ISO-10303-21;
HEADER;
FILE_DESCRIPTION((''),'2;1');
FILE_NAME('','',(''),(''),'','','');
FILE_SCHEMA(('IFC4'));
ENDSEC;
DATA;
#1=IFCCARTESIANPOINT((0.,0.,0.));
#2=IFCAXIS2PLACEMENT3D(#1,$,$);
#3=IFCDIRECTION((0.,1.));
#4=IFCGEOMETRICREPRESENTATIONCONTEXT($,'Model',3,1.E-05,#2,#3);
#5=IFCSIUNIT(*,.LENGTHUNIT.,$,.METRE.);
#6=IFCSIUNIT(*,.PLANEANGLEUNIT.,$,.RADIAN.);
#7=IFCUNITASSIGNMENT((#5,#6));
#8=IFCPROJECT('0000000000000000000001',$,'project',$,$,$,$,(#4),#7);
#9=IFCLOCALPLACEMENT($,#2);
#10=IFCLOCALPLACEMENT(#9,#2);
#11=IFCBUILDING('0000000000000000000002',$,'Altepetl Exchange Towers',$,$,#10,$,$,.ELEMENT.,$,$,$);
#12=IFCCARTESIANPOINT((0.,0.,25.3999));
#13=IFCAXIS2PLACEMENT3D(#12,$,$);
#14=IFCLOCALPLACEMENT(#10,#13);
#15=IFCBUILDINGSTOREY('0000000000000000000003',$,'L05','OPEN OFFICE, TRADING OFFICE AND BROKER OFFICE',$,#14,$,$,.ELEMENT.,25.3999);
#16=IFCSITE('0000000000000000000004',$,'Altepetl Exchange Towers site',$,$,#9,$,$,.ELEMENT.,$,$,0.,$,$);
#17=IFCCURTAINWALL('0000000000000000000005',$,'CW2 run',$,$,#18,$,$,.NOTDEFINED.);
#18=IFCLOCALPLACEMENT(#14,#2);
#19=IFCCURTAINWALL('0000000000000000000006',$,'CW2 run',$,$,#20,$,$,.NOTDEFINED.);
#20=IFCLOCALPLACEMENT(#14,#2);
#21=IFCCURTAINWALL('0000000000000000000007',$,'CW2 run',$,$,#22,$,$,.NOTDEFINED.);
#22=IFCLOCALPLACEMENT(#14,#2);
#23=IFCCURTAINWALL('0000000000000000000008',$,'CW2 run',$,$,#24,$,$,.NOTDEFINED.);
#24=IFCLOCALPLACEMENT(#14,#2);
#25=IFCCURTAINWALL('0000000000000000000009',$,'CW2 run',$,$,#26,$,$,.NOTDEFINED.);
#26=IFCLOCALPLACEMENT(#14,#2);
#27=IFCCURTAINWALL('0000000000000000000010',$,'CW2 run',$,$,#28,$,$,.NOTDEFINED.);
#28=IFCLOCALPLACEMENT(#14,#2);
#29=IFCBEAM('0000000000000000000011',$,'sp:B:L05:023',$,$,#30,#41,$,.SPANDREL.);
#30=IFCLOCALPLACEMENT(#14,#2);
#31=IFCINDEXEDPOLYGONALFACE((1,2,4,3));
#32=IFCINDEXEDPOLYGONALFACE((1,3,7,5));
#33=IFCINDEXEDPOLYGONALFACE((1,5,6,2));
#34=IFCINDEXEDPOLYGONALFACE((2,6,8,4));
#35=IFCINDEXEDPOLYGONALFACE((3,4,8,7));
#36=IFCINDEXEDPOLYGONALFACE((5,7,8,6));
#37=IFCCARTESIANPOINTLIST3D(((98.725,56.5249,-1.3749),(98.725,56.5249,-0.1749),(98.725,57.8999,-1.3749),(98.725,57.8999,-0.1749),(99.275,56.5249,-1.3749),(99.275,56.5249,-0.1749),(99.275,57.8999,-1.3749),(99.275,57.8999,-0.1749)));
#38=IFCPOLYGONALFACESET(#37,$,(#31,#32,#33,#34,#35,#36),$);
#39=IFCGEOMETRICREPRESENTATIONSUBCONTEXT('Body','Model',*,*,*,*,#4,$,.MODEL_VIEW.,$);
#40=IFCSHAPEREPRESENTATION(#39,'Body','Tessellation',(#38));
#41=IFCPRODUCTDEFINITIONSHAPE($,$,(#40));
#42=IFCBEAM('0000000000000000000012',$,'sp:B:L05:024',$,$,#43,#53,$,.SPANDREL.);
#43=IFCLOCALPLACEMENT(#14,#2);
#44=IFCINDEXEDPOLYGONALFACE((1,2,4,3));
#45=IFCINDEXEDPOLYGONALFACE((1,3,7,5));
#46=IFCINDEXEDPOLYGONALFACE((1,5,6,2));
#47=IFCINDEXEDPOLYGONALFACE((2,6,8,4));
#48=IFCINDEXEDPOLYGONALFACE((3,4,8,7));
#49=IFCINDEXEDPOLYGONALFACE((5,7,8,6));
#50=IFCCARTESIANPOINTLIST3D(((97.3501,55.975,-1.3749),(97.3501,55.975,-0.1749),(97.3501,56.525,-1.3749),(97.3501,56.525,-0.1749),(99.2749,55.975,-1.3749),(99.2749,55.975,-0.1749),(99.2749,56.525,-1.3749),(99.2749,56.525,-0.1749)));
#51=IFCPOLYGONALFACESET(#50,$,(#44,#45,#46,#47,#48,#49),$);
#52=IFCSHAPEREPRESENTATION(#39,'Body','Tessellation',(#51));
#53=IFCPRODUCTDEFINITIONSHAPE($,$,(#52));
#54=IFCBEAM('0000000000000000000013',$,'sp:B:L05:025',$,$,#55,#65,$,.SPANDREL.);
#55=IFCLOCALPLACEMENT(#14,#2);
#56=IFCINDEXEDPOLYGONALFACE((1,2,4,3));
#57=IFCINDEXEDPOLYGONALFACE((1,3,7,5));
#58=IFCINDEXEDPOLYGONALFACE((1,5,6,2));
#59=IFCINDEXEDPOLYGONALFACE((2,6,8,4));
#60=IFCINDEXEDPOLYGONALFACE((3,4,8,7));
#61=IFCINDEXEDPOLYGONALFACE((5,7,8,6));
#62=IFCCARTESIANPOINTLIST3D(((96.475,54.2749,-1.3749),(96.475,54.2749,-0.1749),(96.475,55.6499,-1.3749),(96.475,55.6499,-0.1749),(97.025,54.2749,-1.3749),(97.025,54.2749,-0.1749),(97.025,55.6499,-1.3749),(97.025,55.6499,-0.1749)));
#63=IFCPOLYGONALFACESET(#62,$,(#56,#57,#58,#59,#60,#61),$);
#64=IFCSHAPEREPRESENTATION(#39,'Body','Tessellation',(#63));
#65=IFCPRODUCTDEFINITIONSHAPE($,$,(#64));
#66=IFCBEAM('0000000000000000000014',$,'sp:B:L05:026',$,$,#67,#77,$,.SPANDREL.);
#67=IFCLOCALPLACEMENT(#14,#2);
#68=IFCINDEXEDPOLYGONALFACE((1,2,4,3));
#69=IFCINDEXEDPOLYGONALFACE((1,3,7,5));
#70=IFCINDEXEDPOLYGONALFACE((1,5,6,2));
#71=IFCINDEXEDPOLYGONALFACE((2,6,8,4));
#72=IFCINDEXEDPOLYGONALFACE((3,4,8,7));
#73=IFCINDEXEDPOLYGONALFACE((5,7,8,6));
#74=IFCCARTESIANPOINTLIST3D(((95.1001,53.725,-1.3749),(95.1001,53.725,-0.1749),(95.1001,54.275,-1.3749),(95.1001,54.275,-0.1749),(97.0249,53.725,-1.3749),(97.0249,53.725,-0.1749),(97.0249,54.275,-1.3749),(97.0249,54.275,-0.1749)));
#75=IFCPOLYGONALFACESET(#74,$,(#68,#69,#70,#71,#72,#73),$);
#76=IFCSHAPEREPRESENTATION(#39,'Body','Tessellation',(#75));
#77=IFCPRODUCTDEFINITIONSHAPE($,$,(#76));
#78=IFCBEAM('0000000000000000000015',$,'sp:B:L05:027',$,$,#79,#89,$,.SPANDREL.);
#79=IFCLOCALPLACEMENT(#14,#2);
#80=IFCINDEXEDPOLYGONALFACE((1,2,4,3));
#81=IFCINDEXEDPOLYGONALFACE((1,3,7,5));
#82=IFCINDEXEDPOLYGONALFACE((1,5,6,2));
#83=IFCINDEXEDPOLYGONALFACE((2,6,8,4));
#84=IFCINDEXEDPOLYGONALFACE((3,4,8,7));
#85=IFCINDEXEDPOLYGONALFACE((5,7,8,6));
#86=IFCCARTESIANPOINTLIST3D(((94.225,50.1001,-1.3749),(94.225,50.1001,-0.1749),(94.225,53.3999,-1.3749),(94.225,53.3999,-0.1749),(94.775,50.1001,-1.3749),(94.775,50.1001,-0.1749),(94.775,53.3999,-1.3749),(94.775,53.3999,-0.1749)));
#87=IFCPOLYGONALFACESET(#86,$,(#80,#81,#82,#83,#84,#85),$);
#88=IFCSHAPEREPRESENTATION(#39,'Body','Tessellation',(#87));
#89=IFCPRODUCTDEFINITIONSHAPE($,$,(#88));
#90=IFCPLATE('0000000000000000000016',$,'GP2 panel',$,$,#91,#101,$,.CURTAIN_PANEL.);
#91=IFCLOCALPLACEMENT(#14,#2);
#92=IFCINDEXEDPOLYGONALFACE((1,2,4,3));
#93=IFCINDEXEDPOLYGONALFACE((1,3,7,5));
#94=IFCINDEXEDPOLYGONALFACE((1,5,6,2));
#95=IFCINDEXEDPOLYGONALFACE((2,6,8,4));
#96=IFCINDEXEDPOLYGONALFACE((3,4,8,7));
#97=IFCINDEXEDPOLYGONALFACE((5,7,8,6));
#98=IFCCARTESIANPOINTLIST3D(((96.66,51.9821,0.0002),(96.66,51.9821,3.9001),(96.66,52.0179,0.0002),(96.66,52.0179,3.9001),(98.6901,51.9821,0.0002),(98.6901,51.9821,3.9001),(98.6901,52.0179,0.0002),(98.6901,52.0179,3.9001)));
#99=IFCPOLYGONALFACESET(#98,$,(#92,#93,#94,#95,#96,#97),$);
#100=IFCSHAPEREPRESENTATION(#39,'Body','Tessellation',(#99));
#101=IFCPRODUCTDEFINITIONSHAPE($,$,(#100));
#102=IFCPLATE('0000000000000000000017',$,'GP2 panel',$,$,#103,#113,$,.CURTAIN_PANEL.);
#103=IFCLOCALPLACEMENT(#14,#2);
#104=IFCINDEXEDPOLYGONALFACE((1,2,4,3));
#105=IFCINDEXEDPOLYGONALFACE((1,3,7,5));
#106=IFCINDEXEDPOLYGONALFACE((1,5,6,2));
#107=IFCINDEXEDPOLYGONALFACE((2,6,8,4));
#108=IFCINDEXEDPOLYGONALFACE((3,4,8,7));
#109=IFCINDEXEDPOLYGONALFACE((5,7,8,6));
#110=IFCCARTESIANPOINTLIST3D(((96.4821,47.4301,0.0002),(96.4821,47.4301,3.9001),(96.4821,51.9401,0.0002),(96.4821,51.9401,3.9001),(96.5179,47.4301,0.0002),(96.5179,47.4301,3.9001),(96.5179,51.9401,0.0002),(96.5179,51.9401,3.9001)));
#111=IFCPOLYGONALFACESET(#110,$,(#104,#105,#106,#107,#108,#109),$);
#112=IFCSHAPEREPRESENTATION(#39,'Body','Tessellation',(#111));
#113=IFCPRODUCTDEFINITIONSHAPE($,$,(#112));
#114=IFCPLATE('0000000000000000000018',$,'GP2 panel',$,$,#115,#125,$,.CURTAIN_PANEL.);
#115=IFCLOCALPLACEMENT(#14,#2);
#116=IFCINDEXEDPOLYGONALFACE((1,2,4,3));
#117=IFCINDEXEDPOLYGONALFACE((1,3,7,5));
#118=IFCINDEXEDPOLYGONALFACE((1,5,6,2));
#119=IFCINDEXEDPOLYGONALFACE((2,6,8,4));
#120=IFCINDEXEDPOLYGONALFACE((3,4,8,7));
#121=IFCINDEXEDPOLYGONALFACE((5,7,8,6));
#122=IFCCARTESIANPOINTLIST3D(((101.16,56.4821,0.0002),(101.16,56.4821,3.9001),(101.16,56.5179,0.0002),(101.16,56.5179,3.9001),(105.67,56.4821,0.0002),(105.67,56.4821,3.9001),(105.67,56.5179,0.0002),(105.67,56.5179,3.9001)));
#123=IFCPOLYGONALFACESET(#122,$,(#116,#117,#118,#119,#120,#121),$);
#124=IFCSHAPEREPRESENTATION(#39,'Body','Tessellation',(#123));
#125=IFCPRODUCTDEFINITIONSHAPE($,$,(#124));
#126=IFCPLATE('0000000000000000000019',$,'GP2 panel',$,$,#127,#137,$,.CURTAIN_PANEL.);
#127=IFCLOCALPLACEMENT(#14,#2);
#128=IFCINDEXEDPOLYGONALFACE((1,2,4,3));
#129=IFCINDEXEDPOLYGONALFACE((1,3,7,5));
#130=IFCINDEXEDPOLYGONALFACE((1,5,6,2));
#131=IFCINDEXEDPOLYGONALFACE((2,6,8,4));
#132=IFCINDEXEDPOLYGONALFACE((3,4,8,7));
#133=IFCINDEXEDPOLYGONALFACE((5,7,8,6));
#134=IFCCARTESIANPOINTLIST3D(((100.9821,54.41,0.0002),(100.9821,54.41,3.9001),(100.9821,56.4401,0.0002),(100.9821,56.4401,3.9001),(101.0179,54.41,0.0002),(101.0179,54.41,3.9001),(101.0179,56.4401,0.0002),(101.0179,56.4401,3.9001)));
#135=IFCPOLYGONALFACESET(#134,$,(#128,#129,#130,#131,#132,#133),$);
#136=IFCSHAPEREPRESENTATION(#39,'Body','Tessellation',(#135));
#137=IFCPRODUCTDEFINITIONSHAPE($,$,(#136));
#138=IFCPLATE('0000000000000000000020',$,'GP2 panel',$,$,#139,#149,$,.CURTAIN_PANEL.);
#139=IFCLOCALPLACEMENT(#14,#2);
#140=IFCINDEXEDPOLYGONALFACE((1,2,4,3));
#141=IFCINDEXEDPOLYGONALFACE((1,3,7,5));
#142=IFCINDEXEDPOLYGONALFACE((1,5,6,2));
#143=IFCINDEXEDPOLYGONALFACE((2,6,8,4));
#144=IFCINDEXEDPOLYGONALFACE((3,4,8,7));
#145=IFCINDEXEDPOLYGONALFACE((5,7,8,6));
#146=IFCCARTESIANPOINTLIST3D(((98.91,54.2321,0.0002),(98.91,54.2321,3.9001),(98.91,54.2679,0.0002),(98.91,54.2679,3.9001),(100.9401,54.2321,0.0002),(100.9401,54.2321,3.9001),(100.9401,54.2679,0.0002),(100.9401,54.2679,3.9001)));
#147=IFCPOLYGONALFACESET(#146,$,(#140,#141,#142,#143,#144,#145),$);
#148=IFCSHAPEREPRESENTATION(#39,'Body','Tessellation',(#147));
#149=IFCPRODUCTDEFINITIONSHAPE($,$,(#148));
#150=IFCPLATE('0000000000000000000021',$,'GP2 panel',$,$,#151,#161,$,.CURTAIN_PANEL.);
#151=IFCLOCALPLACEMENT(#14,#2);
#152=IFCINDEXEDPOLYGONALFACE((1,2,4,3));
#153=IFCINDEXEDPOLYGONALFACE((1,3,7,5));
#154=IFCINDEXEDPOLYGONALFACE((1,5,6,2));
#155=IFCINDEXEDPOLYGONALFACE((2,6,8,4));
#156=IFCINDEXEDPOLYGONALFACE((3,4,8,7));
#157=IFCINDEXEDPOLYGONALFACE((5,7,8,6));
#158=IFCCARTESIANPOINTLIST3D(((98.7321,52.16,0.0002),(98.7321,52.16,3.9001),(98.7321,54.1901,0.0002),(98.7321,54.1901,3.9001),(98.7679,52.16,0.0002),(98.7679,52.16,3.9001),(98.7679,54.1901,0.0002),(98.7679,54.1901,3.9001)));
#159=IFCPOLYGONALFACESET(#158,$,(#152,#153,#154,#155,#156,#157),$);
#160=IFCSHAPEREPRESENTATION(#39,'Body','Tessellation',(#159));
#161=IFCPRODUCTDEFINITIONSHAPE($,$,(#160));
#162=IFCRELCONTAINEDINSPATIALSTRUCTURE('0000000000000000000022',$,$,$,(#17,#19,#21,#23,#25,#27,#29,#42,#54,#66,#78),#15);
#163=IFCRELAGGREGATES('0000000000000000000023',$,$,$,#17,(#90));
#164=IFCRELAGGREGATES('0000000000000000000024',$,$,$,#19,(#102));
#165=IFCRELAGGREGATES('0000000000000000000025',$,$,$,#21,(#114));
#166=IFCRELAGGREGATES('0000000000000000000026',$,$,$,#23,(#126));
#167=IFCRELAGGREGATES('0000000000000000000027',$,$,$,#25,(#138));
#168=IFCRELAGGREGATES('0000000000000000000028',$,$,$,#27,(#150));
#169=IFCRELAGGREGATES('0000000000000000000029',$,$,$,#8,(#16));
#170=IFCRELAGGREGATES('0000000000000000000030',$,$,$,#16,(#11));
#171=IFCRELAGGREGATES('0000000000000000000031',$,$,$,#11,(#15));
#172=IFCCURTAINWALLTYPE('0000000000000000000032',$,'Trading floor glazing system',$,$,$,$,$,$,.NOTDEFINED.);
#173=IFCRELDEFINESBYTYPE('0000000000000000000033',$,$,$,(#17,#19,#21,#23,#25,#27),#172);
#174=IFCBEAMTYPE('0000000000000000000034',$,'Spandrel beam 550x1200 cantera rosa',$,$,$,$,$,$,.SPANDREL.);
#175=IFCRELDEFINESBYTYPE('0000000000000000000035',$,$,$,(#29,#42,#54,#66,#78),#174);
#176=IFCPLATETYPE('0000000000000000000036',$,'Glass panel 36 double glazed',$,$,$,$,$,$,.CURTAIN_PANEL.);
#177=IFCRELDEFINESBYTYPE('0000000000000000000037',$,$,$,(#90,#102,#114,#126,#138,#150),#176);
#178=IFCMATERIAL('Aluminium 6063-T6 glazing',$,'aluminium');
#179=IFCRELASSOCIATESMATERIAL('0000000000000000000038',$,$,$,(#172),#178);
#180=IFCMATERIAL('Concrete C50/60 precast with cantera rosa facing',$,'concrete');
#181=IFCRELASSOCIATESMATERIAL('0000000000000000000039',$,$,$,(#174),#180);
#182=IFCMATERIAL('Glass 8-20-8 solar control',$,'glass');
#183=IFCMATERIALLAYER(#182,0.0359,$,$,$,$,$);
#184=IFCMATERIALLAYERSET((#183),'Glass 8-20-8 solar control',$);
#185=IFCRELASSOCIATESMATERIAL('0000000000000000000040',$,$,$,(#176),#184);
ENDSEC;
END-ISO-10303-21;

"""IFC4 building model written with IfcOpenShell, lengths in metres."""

from ifc_helpers import new_model, si_unit, direction, frame, origin, origin_2d, place, context, subcontext, project, spatial, rectangle, extrude, material, layer, layer_set, material_profile, profile_set, type_object, element, aggregate, save


model = new_model("IFC4")

# Units and contexts
model_context = context("Model", 3, precision=1e-05, world=origin(), true_north=direction((0.0, 1.0)))
body_context = subcontext(model_context, "Body", "Model", "MODEL_VIEW")
ifc_project = project(units=[si_unit("LENGTHUNIT", "METRE"), si_unit("PLANEANGLEUNIT", "RADIAN")], contexts=[model_context])

# Site, building, storey
site_placement = place(None, origin())
site = spatial("IfcSite", under=ifc_project, at=site_placement, Name="Altepetl Exchange Towers site", CompositionType="ELEMENT", RefElevation=0.0)
building_placement = place(site_placement, origin())
building = spatial("IfcBuilding", under=site, at=building_placement, Name="Altepetl Exchange Towers", CompositionType="ELEMENT")
storey_placement = place(building_placement, frame((0.0, 0.0, 25.3999)))
storey = spatial("IfcBuildingStorey", under=building, at=storey_placement, Name="L05", Description="OPEN OFFICE, TRADING OFFICE AND BROKER OFFICE", CompositionType="ELEMENT", Elevation=25.3999)

# Curtain walls
ifc_material_1 = material(Name="Aluminium 6063-T6 glazing", Category="aluminium")
curtain_wall_type = type_object("IfcCurtainWallType", Name="Trading floor glazing system", PredefinedType="NOTDEFINED", material=ifc_material_1)
curtain_wall_1_placement = place(storey_placement, origin())
curtain_wall_1 = element("IfcCurtainWall", 1, at=curtain_wall_1_placement, inside=storey, type_object=curtain_wall_type, Name="CW2 run", PredefinedType="NOTDEFINED")
curtain_wall_2_placement = place(storey_placement, origin())
curtain_wall_2 = element("IfcCurtainWall", 2, at=curtain_wall_2_placement, inside=storey, type_object=curtain_wall_type, Name="CW2 run", PredefinedType="NOTDEFINED")

# Curtain wall
curtain_wall_3_placement = place(storey_placement, origin())
curtain_wall_3 = element("IfcCurtainWall", 3, at=curtain_wall_3_placement, inside=storey, type_object=curtain_wall_type, Name="CW2 run", PredefinedType="NOTDEFINED")

# Curtain walls
curtain_wall_4_placement = place(storey_placement, origin())
curtain_wall_4 = element("IfcCurtainWall", 4, at=curtain_wall_4_placement, inside=storey, type_object=curtain_wall_type, Name="CW2 run", PredefinedType="NOTDEFINED")
curtain_wall_5_placement = place(storey_placement, origin())
curtain_wall_5 = element("IfcCurtainWall", 5, at=curtain_wall_5_placement, inside=storey, type_object=curtain_wall_type, Name="CW2 run", PredefinedType="NOTDEFINED")
curtain_wall_6_placement = place(storey_placement, origin())
curtain_wall_6 = element("IfcCurtainWall", 6, at=curtain_wall_6_placement, inside=storey, type_object=curtain_wall_type, Name="CW2 run", PredefinedType="NOTDEFINED")

# Beams
ifc_material_2 = material(Name="Concrete C50/60 precast with cantera rosa facing", Category="concrete")
ifc_material_profile_1 = material_profile(ifc_material_2, rectangle(XDim=0.55, YDim=1.2, at=origin_2d()), Name="550 x 1200")
ifc_profile_set_1 = profile_set([ifc_material_profile_1], Name="Concrete C50/60 precast with cantera rosa facing")
beam_type_1 = type_object("IfcBeamType", Name="Spandrel beam 550x1200 cantera rosa", PredefinedType="SPANDREL", material=ifc_profile_set_1)
beam_1_placement = place(storey_placement, frame((99.0, 57.8999, -0.7749), z_axis=(0.0, -1.0, 0.0), x_axis=(1.0, 0.0, 0.0)))
element("IfcBeam", 7, at=beam_1_placement, inside=storey, type_object=beam_type_1, Name="sp:B:L05:023", PredefinedType="SPANDREL", context=body_context, shape_type="SweptSolid", body=[
    extrude(rectangle(XDim=0.55, YDim=1.2, at=origin_2d()), origin(), (0.0, 0.0, 1.0), 1.375),
])
beam_2_placement = place(storey_placement, frame((99.2749, 56.25, -0.7749), z_axis=(-1.0, 0.0, 0.0), x_axis=(0.0, -1.0, 0.0)))
element("IfcBeam", 8, at=beam_2_placement, inside=storey, type_object=beam_type_1, Name="sp:B:L05:024", PredefinedType="SPANDREL", context=body_context, shape_type="SweptSolid", body=[
    extrude(rectangle(XDim=0.55, YDim=1.2, at=origin_2d()), origin(), (0.0, 0.0, 1.0), 1.9248),
])
beam_3_placement = place(storey_placement, frame((96.75, 55.6499, -0.7749), z_axis=(0.0, -1.0, 0.0), x_axis=(1.0, 0.0, 0.0)))
element("IfcBeam", 9, at=beam_3_placement, inside=storey, type_object=beam_type_1, Name="sp:B:L05:025", PredefinedType="SPANDREL", context=body_context, shape_type="SweptSolid", body=[
    extrude(rectangle(XDim=0.55, YDim=1.2, at=origin_2d()), origin(), (0.0, 0.0, 1.0), 1.375),
])
beam_4_placement = place(storey_placement, frame((97.0249, 54.0, -0.7749), z_axis=(-1.0, 0.0, 0.0), x_axis=(0.0, -1.0, 0.0)))
element("IfcBeam", 10, at=beam_4_placement, inside=storey, type_object=beam_type_1, Name="sp:B:L05:026", PredefinedType="SPANDREL", context=body_context, shape_type="SweptSolid", body=[
    extrude(rectangle(XDim=0.55, YDim=1.2, at=origin_2d()), origin(), (0.0, 0.0, 1.0), 1.9248),
])
beam_5_placement = place(storey_placement, frame((94.5, 53.3999, -0.7749), z_axis=(0.0, -1.0, 0.0), x_axis=(1.0, 0.0, 0.0)))
element("IfcBeam", 11, at=beam_5_placement, inside=storey, type_object=beam_type_1, Name="sp:B:L05:027", PredefinedType="SPANDREL", context=body_context, shape_type="SweptSolid", body=[
    extrude(rectangle(XDim=0.55, YDim=1.2, at=origin_2d()), origin(), (0.0, 0.0, 1.0), 3.2998),
])

# Plates
ifc_material_3 = material(Name="Glass 8-20-8 solar control", Category="glass")
ifc_layer_1 = layer(ifc_material_3, 0.0359)
ifc_layer_set_1 = layer_set([ifc_layer_1], Name="Glass 8-20-8 solar control")
plate_type = type_object("IfcPlateType", Name="Glass panel 36 double glazed", PredefinedType="CURTAIN_PANEL", material=ifc_layer_set_1)
plate_1_placement = place(storey_placement, frame((97.675, 52.0, 0.0002), z_axis=(0.0, 0.0, 1.0), x_axis=(-1.0, 0.0, 0.0)))
plate_1 = element("IfcPlate", 12, at=plate_1_placement, type_object=plate_type, Name="GP2 panel", PredefinedType="CURTAIN_PANEL", context=body_context, shape_type="SweptSolid", body=[
    extrude(rectangle(XDim=2.03, YDim=0.0359, at=origin_2d()), origin(), (0.0, 0.0, 1.0), 3.8999),
])
aggregate(curtain_wall_1, [plate_1])
plate_2_placement = place(storey_placement, frame((96.5, 49.6851, 0.0002), z_axis=(0.0, 0.0, 1.0), x_axis=(0.0, -1.0, 0.0)))
plate_2 = element("IfcPlate", 13, at=plate_2_placement, type_object=plate_type, Name="GP2 panel", PredefinedType="CURTAIN_PANEL", context=body_context, shape_type="SweptSolid", body=[
    extrude(rectangle(XDim=4.51, YDim=0.0359, at=origin_2d()), origin(), (0.0, 0.0, 1.0), 3.8999),
])
aggregate(curtain_wall_2, [plate_2])
plate_3_placement = place(storey_placement, frame((103.415, 56.5, 0.0002), z_axis=(0.0, 0.0, 1.0), x_axis=(-1.0, 0.0, 0.0)))
plate_3 = element("IfcPlate", 14, at=plate_3_placement, type_object=plate_type, Name="GP2 panel", PredefinedType="CURTAIN_PANEL", context=body_context, shape_type="SweptSolid", body=[
    extrude(rectangle(XDim=4.51, YDim=0.0359, at=origin_2d()), origin(), (0.0, 0.0, 1.0), 3.8999),
])
aggregate(curtain_wall_3, [plate_3])
plate_4_placement = place(storey_placement, frame((101.0, 55.425, 0.0002), z_axis=(0.0, 0.0, 1.0), x_axis=(0.0, -1.0, 0.0)))
plate_4 = element("IfcPlate", 15, at=plate_4_placement, type_object=plate_type, Name="GP2 panel", PredefinedType="CURTAIN_PANEL", context=body_context, shape_type="SweptSolid", body=[
    extrude(rectangle(XDim=2.03, YDim=0.0359, at=origin_2d()), origin(), (0.0, 0.0, 1.0), 3.8999),
])
aggregate(curtain_wall_4, [plate_4])
plate_5_placement = place(storey_placement, frame((99.925, 54.25, 0.0002), z_axis=(0.0, 0.0, 1.0), x_axis=(-1.0, 0.0, 0.0)))
plate_5 = element("IfcPlate", 16, at=plate_5_placement, type_object=plate_type, Name="GP2 panel", PredefinedType="CURTAIN_PANEL", context=body_context, shape_type="SweptSolid", body=[
    extrude(rectangle(XDim=2.03, YDim=0.0359, at=origin_2d()), origin(), (0.0, 0.0, 1.0), 3.8999),
])
aggregate(curtain_wall_5, [plate_5])
plate_6_placement = place(storey_placement, frame((98.75, 53.175, 0.0002), z_axis=(0.0, 0.0, 1.0), x_axis=(0.0, -1.0, 0.0)))
plate_6 = element("IfcPlate", 17, at=plate_6_placement, type_object=plate_type, Name="GP2 panel", PredefinedType="CURTAIN_PANEL", context=body_context, shape_type="SweptSolid", body=[
    extrude(rectangle(XDim=2.03, YDim=0.0359, at=origin_2d()), origin(), (0.0, 0.0, 1.0), 3.8999),
])
aggregate(curtain_wall_6, [plate_6])

save(model, "model.ifc")
